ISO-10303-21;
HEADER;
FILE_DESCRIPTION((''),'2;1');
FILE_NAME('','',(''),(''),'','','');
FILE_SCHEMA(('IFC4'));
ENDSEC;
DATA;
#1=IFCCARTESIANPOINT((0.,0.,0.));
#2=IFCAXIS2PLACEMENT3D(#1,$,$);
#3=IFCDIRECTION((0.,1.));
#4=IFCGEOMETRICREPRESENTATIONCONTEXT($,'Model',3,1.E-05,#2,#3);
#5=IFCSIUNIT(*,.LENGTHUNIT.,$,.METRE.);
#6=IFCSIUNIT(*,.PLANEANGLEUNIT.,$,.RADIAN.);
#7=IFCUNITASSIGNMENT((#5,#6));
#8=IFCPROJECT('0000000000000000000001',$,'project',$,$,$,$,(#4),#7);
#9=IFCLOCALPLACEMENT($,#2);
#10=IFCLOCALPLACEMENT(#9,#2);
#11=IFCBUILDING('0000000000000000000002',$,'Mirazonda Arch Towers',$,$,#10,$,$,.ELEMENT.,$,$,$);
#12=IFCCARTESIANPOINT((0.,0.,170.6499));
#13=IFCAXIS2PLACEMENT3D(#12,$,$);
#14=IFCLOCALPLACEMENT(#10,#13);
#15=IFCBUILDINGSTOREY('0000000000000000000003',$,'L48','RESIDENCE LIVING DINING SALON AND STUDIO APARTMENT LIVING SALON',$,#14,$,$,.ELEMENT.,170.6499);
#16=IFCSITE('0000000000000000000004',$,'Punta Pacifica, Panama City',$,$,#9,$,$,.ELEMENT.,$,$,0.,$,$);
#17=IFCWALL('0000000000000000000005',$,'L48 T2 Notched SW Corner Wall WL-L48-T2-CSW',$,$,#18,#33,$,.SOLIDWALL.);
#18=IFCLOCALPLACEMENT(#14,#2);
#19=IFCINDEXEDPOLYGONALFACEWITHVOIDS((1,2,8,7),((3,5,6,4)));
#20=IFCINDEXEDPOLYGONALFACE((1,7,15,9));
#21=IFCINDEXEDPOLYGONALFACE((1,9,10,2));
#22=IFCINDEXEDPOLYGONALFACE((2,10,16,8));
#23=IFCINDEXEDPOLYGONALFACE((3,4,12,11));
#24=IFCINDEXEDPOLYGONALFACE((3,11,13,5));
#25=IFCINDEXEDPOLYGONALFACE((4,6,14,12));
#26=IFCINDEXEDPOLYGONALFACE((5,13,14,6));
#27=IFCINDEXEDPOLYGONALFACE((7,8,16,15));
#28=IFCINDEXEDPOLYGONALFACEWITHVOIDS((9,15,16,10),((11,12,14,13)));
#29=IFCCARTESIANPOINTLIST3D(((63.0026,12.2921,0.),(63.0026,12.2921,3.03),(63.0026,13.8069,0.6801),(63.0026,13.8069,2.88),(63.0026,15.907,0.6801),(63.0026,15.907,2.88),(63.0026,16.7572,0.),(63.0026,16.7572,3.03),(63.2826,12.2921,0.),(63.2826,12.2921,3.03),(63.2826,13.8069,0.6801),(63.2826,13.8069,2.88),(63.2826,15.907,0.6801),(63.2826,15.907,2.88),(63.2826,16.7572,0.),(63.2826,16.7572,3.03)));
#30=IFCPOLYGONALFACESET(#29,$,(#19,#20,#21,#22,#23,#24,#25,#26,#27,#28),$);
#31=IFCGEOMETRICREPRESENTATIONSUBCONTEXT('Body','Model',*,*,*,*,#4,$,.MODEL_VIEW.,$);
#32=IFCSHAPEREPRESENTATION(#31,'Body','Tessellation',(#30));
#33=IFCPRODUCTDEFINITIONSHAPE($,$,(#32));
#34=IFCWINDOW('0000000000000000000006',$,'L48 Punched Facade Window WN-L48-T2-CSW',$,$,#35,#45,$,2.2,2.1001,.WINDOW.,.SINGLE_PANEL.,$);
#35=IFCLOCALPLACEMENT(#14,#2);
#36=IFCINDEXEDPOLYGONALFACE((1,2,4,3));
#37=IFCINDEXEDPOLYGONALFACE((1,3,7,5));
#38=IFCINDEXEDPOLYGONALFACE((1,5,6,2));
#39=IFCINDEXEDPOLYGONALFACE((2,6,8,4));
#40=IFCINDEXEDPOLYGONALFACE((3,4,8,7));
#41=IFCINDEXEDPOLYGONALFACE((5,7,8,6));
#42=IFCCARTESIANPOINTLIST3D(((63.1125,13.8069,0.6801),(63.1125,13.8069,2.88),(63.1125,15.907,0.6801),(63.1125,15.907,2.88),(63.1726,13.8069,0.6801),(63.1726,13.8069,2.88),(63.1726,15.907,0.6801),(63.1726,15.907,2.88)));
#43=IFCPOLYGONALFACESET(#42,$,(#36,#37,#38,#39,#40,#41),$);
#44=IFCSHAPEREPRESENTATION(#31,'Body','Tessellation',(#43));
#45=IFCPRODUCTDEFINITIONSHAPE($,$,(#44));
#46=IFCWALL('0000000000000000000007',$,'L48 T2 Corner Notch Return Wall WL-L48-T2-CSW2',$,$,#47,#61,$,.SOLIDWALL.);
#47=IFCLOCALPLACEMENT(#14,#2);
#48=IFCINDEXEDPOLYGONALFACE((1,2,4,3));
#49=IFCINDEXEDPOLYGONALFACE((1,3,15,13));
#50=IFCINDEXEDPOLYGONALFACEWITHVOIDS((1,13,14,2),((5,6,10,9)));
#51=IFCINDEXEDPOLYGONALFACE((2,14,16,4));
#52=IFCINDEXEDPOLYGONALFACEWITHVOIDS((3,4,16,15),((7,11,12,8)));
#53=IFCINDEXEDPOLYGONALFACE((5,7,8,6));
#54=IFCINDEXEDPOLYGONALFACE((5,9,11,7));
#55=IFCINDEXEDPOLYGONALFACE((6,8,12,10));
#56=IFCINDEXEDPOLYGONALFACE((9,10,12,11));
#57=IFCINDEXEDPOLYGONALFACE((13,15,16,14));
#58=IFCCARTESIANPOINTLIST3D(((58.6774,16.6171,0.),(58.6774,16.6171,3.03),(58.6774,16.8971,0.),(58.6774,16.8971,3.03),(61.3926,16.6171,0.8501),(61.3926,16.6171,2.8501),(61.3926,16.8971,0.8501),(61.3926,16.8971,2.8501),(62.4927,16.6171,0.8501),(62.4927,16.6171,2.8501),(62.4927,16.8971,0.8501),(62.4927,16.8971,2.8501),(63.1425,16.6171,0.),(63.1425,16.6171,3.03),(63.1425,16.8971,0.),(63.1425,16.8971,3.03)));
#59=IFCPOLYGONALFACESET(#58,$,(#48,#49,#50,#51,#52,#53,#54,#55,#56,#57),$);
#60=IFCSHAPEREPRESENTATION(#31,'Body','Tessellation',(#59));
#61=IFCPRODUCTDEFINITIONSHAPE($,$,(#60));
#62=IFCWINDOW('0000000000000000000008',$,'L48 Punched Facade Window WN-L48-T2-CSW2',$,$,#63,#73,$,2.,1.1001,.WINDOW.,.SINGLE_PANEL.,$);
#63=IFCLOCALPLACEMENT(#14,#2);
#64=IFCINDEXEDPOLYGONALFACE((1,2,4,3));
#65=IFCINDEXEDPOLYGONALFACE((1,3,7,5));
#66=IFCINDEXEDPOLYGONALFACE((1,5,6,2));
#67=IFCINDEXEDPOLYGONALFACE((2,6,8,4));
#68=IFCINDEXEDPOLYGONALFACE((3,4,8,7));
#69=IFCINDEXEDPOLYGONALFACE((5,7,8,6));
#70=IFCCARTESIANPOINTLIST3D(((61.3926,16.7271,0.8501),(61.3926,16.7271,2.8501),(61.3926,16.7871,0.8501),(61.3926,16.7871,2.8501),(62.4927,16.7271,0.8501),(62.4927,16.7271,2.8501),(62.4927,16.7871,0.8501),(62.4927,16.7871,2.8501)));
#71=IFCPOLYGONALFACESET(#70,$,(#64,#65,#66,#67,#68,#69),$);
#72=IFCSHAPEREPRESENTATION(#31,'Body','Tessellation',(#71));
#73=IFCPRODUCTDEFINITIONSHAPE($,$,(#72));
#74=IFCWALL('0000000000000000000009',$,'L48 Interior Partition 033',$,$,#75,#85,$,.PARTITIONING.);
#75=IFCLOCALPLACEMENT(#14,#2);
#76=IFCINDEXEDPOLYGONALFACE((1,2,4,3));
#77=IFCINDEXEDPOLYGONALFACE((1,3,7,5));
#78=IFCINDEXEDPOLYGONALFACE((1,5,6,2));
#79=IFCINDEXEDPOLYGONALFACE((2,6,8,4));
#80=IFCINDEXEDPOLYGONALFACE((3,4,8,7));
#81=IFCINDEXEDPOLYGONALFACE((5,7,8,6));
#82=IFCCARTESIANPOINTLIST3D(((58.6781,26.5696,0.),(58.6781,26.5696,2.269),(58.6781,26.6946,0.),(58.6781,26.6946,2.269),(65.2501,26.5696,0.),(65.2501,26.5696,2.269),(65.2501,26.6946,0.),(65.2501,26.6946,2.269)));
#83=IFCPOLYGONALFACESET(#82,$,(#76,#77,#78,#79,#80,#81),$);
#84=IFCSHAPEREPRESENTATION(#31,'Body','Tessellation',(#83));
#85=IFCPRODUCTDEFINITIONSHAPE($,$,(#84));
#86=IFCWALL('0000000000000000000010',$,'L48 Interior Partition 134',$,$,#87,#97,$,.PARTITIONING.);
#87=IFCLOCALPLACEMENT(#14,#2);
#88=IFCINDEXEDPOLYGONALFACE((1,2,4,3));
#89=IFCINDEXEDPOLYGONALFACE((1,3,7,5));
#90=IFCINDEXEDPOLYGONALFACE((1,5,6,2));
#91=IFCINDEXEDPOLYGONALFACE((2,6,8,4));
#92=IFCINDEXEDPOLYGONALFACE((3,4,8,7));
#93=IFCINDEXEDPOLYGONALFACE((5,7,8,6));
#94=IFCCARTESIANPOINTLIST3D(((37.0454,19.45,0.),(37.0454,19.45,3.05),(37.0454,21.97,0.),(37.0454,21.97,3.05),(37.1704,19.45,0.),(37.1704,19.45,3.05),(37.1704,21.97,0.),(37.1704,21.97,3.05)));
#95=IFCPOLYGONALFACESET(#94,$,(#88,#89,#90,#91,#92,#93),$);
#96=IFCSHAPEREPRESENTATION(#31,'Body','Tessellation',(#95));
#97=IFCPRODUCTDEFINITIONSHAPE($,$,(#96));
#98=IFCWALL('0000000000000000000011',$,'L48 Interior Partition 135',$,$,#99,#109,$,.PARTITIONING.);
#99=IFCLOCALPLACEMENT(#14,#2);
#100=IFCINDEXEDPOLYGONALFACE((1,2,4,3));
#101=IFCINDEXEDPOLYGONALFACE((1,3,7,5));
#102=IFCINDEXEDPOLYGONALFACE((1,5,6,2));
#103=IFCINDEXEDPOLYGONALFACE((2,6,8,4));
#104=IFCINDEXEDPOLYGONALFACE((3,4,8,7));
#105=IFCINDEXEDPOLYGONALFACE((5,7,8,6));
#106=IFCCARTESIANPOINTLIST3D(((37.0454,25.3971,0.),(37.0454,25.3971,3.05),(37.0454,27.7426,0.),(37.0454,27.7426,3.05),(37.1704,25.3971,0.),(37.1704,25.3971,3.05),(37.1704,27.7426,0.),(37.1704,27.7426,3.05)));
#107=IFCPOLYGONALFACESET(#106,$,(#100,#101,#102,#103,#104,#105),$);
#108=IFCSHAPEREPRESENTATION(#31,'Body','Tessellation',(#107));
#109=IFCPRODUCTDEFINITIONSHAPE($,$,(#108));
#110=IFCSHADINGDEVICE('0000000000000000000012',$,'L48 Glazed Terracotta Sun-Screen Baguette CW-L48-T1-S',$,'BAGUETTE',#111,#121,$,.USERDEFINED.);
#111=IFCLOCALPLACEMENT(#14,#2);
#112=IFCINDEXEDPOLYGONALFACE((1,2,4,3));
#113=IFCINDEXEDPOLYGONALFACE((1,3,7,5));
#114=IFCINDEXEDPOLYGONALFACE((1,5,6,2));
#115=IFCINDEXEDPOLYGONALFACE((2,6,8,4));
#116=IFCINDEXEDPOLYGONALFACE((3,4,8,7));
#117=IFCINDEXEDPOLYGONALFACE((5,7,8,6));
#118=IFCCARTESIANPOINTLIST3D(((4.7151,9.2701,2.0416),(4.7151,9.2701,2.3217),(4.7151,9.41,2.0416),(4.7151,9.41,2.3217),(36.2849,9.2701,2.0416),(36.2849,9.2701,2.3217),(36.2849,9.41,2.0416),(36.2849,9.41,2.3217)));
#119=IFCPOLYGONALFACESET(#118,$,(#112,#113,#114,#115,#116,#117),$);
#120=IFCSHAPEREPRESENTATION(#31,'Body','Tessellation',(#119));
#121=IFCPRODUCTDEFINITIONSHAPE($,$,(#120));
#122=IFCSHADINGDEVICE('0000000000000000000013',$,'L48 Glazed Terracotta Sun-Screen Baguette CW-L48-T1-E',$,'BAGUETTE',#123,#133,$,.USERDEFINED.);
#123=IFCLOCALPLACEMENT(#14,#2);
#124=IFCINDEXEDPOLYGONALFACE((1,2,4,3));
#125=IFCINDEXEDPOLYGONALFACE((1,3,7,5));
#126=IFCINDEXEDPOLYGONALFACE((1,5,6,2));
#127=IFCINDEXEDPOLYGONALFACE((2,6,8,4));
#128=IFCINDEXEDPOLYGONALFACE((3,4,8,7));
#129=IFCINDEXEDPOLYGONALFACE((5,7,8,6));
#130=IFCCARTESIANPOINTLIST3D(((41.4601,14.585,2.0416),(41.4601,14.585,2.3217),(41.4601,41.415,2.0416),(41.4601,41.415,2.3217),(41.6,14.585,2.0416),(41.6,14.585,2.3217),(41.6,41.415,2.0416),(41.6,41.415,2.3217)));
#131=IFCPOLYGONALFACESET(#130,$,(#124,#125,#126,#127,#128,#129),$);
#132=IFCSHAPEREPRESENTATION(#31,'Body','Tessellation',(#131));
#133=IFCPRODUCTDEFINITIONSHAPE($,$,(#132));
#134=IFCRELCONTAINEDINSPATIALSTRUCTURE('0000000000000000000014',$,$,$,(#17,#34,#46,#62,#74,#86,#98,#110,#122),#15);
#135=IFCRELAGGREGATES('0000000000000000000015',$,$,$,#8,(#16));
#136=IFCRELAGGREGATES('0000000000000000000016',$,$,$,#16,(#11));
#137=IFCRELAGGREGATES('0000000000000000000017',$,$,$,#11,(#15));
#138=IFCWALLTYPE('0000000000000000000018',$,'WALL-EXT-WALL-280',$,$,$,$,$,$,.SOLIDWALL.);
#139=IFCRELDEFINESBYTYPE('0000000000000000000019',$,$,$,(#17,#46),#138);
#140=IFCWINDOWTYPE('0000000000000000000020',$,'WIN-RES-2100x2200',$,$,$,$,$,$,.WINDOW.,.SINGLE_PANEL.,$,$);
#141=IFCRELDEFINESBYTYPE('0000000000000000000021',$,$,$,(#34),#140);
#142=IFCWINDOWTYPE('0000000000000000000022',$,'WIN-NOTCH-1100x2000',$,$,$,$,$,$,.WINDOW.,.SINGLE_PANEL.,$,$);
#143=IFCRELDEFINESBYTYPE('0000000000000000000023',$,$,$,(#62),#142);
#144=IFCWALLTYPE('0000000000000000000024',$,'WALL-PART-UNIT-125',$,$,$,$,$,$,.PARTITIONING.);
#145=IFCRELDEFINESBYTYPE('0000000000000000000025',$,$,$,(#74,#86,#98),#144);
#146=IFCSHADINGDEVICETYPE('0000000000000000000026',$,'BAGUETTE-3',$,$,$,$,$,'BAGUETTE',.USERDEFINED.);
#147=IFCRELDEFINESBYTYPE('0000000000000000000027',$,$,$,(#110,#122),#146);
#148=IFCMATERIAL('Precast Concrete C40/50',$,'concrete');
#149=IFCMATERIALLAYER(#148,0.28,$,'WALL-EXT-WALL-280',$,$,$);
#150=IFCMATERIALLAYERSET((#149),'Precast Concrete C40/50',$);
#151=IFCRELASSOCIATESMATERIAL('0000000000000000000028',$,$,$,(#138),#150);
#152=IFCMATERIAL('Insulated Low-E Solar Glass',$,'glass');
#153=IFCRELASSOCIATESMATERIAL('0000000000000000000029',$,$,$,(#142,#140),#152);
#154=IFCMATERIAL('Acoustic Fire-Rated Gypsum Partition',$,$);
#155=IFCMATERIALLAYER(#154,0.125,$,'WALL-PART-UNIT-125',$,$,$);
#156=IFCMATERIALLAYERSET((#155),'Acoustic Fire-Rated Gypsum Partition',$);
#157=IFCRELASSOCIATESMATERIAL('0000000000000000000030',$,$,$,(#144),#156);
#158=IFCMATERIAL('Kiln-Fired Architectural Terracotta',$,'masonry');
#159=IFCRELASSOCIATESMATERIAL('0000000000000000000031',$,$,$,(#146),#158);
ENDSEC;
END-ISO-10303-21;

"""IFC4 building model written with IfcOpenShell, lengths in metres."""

from ifc_helpers import new_model, si_unit, direction, frame, frame_2d, origin, origin_2d, place, context, subcontext, project, spatial, rectangle, extrude, material, layer, layer_set, material_profile, profile_set, type_object, element, fill, save


model = new_model("IFC4")

# Units and contexts
model_context = context("Model", 3, precision=1e-05, world=origin(), true_north=direction((0.0, 1.0)))
body_context = subcontext(model_context, "Body", "Model", "MODEL_VIEW")
ifc_project = project(units=[si_unit("LENGTHUNIT", "METRE"), si_unit("PLANEANGLEUNIT", "RADIAN")], contexts=[model_context])

# Site, building, storey
site_placement = place(None, origin())
site = spatial("IfcSite", under=ifc_project, at=site_placement, Name="Punta Pacifica, Panama City", CompositionType="ELEMENT", RefElevation=0.0)
building_placement = place(site_placement, origin())
building = spatial("IfcBuilding", under=site, at=building_placement, Name="Mirazonda Arch Towers", CompositionType="ELEMENT")
storey_placement = place(building_placement, frame((0.0, 0.0, 170.6499)))
storey = spatial("IfcBuildingStorey", under=building, at=storey_placement, Name="L48", Description="RESIDENCE LIVING DINING SALON AND STUDIO APARTMENT LIVING SALON", CompositionType="ELEMENT", Elevation=170.6499)

# Shared definitions
ifc_material_1 = material(Name="Insulated Low-E Solar Glass", Category="glass")

# Shared definitions
ifc_material_2 = material(Name="Precast Concrete C40/50", Category="concrete")
ifc_layer_1 = layer(ifc_material_2, 0.28, Name="WALL-EXT-WALL-280")
ifc_layer_set_1 = layer_set([ifc_layer_1], Name="Precast Concrete C40/50")
wall_type_1 = type_object("IfcWallType", Name="WALL-EXT-WALL-280", PredefinedType="SOLIDWALL", material=ifc_layer_set_1)
window_type_1 = type_object("IfcWindowType", Name="WIN-NOTCH-1100x2000", PartitioningType="SINGLE_PANEL", PredefinedType="WINDOW", material=ifc_material_1)

# Walls, openings, windows
wall_1_placement = place(storey_placement, frame((63.1426, 16.7571, 0.0), z_axis=(0.0, 0.0, 1.0), x_axis=(0.0, -1.0, 0.0)))
wall_1 = element("IfcWall", 1, at=wall_1_placement, inside=storey, type_object=wall_type_1, Name="L48 T2 Notched SW Corner Wall WL-L48-T2-CSW", PredefinedType="SOLIDWALL", context=body_context, shape_type="SweptSolid", body=[
    extrude(rectangle(XDim=4.4651, YDim=0.28, at=frame_2d((2.2324, 0.0))), origin(), (0.0, 0.0, 1.0), 3.03),
])
opening_1_placement = place(wall_1_placement, frame((0.8501, 0.0, 0.6799)))
opening_1 = element("IfcOpeningElement", 2, at=opening_1_placement, cuts=wall_1, PredefinedType="OPENING", context=body_context, shape_type="SweptSolid", body=[
    extrude(rectangle(XDim=2.1001, YDim=2.2, at=frame_2d((1.05, 1.1001))), frame((0.0, 0.1499, 0.0), z_axis=(0.0, -1.0, 0.0), x_axis=(1.0, 0.0, 0.0)), (0.0, 0.0, 1.0), 0.3),
])
window_type_2 = type_object("IfcWindowType", Name="WIN-RES-2100x2200", PartitioningType="SINGLE_PANEL", PredefinedType="WINDOW", material=ifc_material_1)
window_1_placement = place(opening_1_placement, origin())
window_1 = element("IfcWindow", 3, at=window_1_placement, inside=storey, type_object=window_type_2, Name="L48 Punched Facade Window WN-L48-T2-CSW", OverallHeight=2.2, OverallWidth=2.1001, PartitioningType="SINGLE_PANEL", PredefinedType="WINDOW", context=body_context, shape_type="SweptSolid", body=[
    extrude(rectangle(XDim=2.1001, YDim=2.2, at=frame_2d((1.05, 1.1001))), frame((0.0, 0.03, 0.0), z_axis=(0.0, -1.0, 0.0), x_axis=(1.0, 0.0, 0.0)), (0.0, 0.0, 1.0), 0.0601),
])
fill(opening_1, window_1)
wall_2_placement = place(storey_placement, frame((58.6775, 16.7571, 0.0), z_axis=(0.0, 0.0, 1.0), x_axis=(1.0, 0.0, 0.0)))
wall_2 = element("IfcWall", 4, at=wall_2_placement, inside=storey, type_object=wall_type_1, Name="L48 T2 Corner Notch Return Wall WL-L48-T2-CSW2", PredefinedType="SOLIDWALL", context=body_context, shape_type="SweptSolid", body=[
    extrude(rectangle(XDim=4.4651, YDim=0.28, at=frame_2d((2.2324, 0.0))), origin(), (0.0, 0.0, 1.0), 3.03),
])
opening_2_placement = place(wall_2_placement, frame((2.7151, 0.0, 0.8501)))
opening_2 = element("IfcOpeningElement", 5, at=opening_2_placement, cuts=wall_2, PredefinedType="OPENING", context=body_context, shape_type="SweptSolid", body=[
    extrude(rectangle(XDim=1.1001, YDim=2.0, at=frame_2d((0.55, 1.0))), frame((0.0, 0.1499, 0.0), z_axis=(0.0, -1.0, 0.0), x_axis=(1.0, 0.0, 0.0)), (0.0, 0.0, 1.0), 0.3),
])
window_2_placement = place(opening_2_placement, origin())
window_2 = element("IfcWindow", 6, at=window_2_placement, inside=storey, type_object=window_type_1, Name="L48 Punched Facade Window WN-L48-T2-CSW2", OverallHeight=2.0, OverallWidth=1.1001, PartitioningType="SINGLE_PANEL", PredefinedType="WINDOW", context=body_context, shape_type="SweptSolid", body=[
    extrude(rectangle(XDim=1.1001, YDim=2.0, at=frame_2d((0.55, 1.0))), frame((0.0, 0.03, 0.0), z_axis=(0.0, -1.0, 0.0), x_axis=(1.0, 0.0, 0.0)), (0.0, 0.0, 1.0), 0.0601),
])
fill(opening_2, window_2)

# Walls
ifc_material_3 = material(Name="Acoustic Fire-Rated Gypsum Partition")
ifc_layer_2 = layer(ifc_material_3, 0.125, Name="WALL-PART-UNIT-125")
ifc_layer_set_2 = layer_set([ifc_layer_2], Name="Acoustic Fire-Rated Gypsum Partition")
wall_type_2 = type_object("IfcWallType", Name="WALL-PART-UNIT-125", PredefinedType="PARTITIONING", material=ifc_layer_set_2)
wall_3_placement = place(storey_placement, frame((58.678, 26.6321, 0.0), z_axis=(0.0, 0.0, 1.0), x_axis=(1.0, 0.0, 0.0)))
element("IfcWall", 7, at=wall_3_placement, inside=storey, type_object=wall_type_2, Name="L48 Interior Partition 033", PredefinedType="PARTITIONING", context=body_context, shape_type="SweptSolid", body=[
    extrude(rectangle(XDim=6.572, YDim=0.125, at=frame_2d((3.2861, 0.0))), origin(), (0.0, 0.0, 1.0), 2.269),
])
wall_4_placement = place(storey_placement, frame((37.1079, 19.45, 0.0), z_axis=(0.0, 0.0, 1.0), x_axis=(0.0, 1.0, 0.0)))
element("IfcWall", 8, at=wall_4_placement, inside=storey, type_object=wall_type_2, Name="L48 Interior Partition 134", PredefinedType="PARTITIONING", context=body_context, shape_type="SweptSolid", body=[
    extrude(rectangle(XDim=2.52, YDim=0.125, at=frame_2d((1.26, 0.0))), origin(), (0.0, 0.0, 1.0), 3.05),
])
wall_5_placement = place(storey_placement, frame((37.1079, 25.397, 0.0), z_axis=(0.0, 0.0, 1.0), x_axis=(0.0, 1.0, 0.0)))
element("IfcWall", 9, at=wall_5_placement, inside=storey, type_object=wall_type_2, Name="L48 Interior Partition 135", PredefinedType="PARTITIONING", context=body_context, shape_type="SweptSolid", body=[
    extrude(rectangle(XDim=2.3455, YDim=0.125, at=frame_2d((1.1729, 0.0))), origin(), (0.0, 0.0, 1.0), 3.05),
])

# Shading devices
ifc_material_4 = material(Name="Kiln-Fired Architectural Terracotta", Category="masonry")
ifc_material_profile_1 = material_profile(ifc_material_4, rectangle(XDim=0.1399, YDim=0.28, at=origin_2d()), Name="TERRA-BAG-140x280")
ifc_profile_set_1 = profile_set([ifc_material_profile_1], Name="Kiln-Fired Architectural Terracotta")
shading_device_type = type_object("IfcShadingDeviceType", Name="BAGUETTE-3", ElementType="BAGUETTE", PredefinedType="USERDEFINED", material=ifc_profile_set_1)
shading_device_1_placement = place(storey_placement, frame((36.2849, 9.3401, 2.1816), z_axis=(-1.0, 0.0, 0.0), x_axis=(0.0, -1.0, 0.0)))
element("IfcShadingDevice", 10, at=shading_device_1_placement, inside=storey, type_object=shading_device_type, Name="L48 Glazed Terracotta Sun-Screen Baguette CW-L48-T1-S", ObjectType="BAGUETTE", PredefinedType="USERDEFINED", context=body_context, shape_type="SweptSolid", body=[
    extrude(rectangle(XDim=0.1399, YDim=0.28, at=origin_2d()), origin(), (0.0, 0.0, 1.0), 31.5698),
])
shading_device_2_placement = place(storey_placement, frame((41.53, 14.585, 2.1816), z_axis=(0.0, 1.0, 0.0), x_axis=(-1.0, 0.0, 0.0)))
element("IfcShadingDevice", 11, at=shading_device_2_placement, inside=storey, type_object=shading_device_type, Name="L48 Glazed Terracotta Sun-Screen Baguette CW-L48-T1-E", ObjectType="BAGUETTE", PredefinedType="USERDEFINED", context=body_context, shape_type="SweptSolid", body=[
    extrude(rectangle(XDim=0.1399, YDim=0.28, at=origin_2d()), origin(), (0.0, 0.0, 1.0), 26.8301),
])

save(model, "model.ifc")
